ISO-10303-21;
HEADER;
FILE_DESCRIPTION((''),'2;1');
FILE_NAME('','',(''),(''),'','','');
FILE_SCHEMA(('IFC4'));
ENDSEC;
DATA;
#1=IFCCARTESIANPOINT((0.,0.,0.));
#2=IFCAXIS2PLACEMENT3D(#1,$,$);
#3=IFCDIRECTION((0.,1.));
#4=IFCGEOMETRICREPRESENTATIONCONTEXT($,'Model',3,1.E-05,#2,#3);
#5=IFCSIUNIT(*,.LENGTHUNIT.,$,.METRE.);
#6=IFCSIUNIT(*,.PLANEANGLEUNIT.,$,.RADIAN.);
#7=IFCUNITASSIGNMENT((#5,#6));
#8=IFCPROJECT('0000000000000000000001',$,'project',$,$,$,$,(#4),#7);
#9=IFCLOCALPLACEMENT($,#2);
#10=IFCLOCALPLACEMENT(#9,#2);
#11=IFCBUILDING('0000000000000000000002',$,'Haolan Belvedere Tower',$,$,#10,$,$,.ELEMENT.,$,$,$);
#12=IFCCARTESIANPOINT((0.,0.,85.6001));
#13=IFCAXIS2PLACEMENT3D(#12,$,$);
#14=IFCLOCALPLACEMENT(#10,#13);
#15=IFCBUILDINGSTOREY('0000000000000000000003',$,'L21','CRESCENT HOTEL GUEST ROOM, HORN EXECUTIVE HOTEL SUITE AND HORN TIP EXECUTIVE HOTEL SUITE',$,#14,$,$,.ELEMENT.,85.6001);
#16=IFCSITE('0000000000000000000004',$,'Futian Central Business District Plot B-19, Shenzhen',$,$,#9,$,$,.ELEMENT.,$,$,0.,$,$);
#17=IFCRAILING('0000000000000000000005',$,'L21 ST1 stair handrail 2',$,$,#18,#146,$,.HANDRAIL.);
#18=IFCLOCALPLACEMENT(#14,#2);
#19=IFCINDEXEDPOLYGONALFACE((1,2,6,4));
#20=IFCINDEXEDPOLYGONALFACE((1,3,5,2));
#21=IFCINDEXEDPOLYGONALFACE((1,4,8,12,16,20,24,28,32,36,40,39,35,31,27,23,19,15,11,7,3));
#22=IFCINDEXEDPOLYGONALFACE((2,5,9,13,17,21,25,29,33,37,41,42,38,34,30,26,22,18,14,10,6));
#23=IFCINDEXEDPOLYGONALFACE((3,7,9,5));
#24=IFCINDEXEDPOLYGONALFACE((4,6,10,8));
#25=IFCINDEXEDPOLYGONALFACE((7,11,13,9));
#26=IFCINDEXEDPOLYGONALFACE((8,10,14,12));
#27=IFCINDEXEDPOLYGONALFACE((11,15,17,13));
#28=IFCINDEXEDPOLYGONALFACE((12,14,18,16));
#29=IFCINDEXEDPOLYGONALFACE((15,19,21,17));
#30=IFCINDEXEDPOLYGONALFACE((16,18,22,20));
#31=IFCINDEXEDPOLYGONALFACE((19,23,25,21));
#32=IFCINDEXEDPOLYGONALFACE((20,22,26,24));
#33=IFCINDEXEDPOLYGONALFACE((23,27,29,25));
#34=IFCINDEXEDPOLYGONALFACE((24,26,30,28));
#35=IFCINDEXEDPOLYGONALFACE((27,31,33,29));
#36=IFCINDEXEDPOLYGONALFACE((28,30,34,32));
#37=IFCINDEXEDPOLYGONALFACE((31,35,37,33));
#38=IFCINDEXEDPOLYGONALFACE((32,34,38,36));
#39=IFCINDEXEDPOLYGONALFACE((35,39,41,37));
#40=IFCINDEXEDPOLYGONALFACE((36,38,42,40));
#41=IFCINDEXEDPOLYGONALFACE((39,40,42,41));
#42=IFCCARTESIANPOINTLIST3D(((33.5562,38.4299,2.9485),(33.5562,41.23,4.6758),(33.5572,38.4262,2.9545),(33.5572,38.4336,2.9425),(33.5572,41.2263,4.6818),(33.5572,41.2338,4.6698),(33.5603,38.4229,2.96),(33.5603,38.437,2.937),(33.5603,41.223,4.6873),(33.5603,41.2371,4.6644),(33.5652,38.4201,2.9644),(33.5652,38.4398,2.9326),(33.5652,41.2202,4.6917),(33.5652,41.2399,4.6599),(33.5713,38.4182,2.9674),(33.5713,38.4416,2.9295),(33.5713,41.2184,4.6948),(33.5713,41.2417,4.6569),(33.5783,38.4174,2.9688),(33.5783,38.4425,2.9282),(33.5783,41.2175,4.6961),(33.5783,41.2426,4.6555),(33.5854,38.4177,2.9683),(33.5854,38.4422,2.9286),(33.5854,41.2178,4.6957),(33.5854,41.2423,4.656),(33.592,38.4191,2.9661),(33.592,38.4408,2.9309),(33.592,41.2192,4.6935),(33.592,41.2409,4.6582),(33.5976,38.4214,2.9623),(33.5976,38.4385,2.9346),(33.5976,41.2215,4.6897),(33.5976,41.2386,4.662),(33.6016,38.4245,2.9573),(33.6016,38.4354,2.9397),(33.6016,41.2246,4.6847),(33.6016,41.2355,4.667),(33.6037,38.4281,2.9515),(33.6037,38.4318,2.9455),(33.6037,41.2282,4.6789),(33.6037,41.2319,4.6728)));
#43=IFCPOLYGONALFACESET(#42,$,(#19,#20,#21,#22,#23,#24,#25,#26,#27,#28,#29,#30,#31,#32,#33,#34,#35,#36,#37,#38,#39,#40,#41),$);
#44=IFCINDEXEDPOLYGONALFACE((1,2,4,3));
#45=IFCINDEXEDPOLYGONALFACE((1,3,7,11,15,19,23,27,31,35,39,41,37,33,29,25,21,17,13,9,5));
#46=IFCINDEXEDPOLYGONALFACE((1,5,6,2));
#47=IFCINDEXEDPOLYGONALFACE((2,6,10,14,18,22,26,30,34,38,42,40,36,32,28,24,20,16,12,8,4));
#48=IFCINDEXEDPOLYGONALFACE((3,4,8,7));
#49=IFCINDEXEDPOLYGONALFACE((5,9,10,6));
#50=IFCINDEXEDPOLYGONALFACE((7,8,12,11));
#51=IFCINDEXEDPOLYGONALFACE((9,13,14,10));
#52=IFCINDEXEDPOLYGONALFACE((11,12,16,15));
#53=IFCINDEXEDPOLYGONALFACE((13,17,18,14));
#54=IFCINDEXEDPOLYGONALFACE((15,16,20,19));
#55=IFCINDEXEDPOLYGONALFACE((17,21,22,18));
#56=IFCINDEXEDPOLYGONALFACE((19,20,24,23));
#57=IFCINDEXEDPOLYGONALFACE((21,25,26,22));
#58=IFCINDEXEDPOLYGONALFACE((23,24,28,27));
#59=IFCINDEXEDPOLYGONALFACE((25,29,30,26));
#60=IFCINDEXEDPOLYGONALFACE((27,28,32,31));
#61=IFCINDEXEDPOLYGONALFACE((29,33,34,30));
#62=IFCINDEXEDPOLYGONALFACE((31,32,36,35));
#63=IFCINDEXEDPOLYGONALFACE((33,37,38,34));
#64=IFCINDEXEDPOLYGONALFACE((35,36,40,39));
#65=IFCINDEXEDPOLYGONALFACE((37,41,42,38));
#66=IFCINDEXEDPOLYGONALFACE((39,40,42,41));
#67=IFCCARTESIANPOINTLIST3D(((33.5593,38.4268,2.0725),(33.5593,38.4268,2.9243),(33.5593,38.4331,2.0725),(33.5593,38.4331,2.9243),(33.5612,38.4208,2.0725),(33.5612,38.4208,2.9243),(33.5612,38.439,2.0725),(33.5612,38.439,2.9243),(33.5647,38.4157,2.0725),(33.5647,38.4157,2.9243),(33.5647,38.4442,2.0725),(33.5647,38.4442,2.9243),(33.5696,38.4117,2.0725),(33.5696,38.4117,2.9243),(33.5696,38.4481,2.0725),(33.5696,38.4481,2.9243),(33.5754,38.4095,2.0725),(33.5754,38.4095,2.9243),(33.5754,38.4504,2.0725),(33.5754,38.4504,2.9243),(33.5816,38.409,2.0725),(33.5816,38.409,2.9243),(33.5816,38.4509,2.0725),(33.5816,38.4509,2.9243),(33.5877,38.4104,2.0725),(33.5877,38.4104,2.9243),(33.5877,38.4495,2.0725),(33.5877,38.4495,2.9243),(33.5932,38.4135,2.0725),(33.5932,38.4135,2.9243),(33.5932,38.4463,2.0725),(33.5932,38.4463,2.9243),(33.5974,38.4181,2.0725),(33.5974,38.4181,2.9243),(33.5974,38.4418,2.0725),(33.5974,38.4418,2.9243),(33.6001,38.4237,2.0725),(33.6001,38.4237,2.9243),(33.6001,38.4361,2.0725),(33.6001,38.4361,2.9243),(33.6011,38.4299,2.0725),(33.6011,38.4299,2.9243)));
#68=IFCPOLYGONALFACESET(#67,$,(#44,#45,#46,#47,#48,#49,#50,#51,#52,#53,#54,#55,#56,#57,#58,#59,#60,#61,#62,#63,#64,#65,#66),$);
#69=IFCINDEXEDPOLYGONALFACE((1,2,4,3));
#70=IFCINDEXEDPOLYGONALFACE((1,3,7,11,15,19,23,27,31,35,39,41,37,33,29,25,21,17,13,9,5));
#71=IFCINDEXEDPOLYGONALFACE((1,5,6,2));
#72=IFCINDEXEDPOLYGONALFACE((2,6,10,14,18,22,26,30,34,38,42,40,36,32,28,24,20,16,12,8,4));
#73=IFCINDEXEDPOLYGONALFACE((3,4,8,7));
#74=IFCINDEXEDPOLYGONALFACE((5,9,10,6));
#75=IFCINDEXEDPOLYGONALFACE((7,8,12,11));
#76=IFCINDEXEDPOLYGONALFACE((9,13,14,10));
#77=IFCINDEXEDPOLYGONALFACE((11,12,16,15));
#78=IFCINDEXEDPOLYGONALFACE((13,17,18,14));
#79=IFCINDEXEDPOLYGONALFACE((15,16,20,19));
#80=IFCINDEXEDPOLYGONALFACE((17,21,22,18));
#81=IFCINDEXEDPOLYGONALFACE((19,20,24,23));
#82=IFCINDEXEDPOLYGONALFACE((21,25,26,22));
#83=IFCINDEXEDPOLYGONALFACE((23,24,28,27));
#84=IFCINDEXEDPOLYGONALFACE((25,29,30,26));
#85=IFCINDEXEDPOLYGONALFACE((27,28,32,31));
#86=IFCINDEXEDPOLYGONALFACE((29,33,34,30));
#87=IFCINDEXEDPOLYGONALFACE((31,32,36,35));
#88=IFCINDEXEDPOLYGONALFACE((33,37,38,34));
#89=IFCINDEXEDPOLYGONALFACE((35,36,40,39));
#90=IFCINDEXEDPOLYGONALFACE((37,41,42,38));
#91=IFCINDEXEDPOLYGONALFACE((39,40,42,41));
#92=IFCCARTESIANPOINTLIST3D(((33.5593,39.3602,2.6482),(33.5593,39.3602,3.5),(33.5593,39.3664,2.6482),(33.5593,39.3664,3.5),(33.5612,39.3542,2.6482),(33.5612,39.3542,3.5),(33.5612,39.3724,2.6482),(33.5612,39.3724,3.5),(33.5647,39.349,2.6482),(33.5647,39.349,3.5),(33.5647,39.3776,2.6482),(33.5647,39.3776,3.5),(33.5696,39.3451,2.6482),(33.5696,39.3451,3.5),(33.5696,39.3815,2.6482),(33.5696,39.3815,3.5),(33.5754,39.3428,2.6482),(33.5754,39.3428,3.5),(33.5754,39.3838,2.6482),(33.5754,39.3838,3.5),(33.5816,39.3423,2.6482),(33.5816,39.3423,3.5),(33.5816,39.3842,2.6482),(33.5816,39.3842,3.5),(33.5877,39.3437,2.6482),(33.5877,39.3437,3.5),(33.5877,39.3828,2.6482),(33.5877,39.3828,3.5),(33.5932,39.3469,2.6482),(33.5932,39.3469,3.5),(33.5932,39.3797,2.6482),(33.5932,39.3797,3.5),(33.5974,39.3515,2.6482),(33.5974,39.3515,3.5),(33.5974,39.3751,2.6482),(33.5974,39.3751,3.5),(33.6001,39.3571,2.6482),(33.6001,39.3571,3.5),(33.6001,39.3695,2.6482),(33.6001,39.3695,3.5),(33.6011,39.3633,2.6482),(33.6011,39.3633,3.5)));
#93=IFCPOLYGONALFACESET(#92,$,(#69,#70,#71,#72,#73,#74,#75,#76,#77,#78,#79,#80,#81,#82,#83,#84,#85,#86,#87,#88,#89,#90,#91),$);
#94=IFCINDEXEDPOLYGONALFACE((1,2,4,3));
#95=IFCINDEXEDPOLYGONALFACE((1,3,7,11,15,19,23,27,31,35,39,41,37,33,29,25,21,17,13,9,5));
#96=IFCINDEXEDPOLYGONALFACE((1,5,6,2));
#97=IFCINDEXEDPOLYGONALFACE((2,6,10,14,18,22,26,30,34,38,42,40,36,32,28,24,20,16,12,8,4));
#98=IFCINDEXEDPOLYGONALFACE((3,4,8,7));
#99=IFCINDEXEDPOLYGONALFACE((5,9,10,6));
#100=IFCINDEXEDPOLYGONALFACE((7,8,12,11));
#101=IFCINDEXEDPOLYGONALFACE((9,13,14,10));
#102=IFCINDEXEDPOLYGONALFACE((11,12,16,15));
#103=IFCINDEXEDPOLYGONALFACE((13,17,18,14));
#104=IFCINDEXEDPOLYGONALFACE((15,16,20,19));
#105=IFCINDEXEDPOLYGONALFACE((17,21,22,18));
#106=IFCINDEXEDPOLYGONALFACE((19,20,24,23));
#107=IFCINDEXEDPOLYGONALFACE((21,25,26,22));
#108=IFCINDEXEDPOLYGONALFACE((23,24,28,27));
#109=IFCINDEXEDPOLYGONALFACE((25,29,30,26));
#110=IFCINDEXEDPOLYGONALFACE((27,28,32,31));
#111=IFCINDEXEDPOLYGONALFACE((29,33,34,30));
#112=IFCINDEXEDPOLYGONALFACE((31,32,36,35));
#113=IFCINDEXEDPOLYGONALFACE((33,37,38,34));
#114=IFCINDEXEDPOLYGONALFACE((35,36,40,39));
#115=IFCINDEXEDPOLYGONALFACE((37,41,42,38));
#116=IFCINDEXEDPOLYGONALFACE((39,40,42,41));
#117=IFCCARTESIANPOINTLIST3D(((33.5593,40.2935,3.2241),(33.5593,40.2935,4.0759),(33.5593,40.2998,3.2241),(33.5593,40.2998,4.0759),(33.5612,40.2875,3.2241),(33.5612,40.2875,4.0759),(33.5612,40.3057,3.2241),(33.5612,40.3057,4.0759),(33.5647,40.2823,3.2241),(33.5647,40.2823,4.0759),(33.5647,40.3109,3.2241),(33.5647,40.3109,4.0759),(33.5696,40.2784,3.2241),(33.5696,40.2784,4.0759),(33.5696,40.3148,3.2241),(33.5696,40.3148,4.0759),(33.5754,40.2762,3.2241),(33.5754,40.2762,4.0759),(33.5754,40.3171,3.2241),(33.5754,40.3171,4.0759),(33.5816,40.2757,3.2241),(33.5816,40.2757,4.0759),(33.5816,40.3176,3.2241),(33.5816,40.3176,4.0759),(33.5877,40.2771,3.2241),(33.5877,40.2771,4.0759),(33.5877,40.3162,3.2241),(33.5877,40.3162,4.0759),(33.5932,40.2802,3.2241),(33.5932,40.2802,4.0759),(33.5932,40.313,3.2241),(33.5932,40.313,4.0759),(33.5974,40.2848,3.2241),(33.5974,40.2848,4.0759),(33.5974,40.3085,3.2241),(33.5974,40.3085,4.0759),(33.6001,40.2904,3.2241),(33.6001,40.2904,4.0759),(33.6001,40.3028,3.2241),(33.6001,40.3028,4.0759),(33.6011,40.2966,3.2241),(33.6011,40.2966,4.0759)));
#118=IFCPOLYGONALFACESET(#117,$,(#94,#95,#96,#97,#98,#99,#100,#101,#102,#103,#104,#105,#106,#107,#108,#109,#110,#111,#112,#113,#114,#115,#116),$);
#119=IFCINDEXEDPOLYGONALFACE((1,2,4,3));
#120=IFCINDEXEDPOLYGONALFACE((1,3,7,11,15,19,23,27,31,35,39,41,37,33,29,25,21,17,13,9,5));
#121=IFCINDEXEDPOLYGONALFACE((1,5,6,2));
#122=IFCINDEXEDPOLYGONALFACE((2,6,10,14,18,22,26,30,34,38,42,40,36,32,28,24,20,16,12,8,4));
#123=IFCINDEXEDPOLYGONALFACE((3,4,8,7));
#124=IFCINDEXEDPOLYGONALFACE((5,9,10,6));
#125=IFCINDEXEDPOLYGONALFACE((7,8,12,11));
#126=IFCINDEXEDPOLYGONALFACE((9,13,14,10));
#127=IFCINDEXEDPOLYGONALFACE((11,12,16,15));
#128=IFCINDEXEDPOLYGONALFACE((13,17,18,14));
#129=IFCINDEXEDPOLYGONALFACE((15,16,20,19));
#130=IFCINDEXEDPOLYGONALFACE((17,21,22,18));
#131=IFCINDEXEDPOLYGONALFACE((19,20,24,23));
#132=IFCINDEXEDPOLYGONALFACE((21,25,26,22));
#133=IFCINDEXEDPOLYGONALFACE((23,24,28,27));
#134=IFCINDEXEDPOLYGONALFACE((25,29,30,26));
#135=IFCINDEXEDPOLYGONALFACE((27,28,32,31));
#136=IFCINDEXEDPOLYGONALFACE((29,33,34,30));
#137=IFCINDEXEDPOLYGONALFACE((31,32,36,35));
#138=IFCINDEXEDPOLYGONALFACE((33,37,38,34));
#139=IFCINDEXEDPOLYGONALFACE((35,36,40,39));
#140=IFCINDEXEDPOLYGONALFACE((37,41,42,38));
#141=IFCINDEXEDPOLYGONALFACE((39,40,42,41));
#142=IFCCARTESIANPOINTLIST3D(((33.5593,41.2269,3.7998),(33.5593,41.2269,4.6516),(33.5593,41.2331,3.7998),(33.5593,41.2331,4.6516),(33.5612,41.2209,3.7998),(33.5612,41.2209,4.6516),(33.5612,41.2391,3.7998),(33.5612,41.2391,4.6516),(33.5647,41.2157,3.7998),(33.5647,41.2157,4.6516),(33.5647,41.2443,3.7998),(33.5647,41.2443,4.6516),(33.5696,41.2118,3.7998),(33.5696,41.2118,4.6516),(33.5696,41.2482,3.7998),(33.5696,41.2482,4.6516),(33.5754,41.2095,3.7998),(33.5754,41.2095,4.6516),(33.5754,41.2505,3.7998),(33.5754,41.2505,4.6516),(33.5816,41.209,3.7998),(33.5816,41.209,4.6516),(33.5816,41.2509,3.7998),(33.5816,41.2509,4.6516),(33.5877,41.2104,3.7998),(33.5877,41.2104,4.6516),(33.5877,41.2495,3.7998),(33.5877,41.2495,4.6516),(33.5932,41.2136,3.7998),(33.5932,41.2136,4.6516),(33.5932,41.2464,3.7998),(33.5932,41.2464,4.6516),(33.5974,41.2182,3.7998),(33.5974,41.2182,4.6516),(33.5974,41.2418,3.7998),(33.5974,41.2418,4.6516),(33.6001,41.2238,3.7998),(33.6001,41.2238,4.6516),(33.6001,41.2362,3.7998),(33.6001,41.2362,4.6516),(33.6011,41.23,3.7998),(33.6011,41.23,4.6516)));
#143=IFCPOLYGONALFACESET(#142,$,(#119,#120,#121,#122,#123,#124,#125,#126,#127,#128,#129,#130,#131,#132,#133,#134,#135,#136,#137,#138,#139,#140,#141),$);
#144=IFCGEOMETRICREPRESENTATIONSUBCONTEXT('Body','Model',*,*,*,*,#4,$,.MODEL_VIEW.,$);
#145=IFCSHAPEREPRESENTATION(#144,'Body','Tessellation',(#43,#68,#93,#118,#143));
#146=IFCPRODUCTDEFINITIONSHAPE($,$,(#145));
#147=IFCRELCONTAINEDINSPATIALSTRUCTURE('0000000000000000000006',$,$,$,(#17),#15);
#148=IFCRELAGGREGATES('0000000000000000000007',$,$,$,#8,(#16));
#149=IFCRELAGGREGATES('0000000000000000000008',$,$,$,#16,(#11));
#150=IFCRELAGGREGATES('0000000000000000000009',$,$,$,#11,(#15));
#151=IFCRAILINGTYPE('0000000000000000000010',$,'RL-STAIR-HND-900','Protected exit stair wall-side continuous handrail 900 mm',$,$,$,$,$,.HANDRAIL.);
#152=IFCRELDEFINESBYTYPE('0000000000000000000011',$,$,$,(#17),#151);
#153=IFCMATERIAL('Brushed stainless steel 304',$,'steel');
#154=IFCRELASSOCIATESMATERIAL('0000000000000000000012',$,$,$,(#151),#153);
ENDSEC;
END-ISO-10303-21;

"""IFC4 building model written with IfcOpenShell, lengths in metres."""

from ifc_helpers import new_model, si_unit, direction, frame, origin, origin_2d, place, context, subcontext, project, spatial, circle, extrude, material, type_object, element, save


model = new_model("IFC4")

# Units and contexts
model_context = context("Model", 3, precision=1e-05, world=origin(), true_north=direction((0.0, 1.0)))
body_context = subcontext(model_context, "Body", "Model", "MODEL_VIEW")
ifc_project = project(units=[si_unit("LENGTHUNIT", "METRE"), si_unit("PLANEANGLEUNIT", "RADIAN")], contexts=[model_context])

# Site, building, storey
site_placement = place(None, origin())
site = spatial("IfcSite", under=ifc_project, at=site_placement, Name="Futian Central Business District Plot B-19, Shenzhen", CompositionType="ELEMENT", RefElevation=0.0)
building_placement = place(site_placement, origin())
building = spatial("IfcBuilding", under=site, at=building_placement, Name="Haolan Belvedere Tower", CompositionType="ELEMENT")
storey_placement = place(building_placement, frame((0.0, 0.0, 85.6001)))
storey = spatial("IfcBuildingStorey", under=building, at=storey_placement, Name="L21", Description="CRESCENT HOTEL GUEST ROOM, HORN EXECUTIVE HOTEL SUITE AND HORN TIP EXECUTIVE HOTEL SUITE", CompositionType="ELEMENT", Elevation=85.6001)

# Railing
ifc_material_1 = material(Name="Brushed stainless steel 304", Category="steel")
railing_type_1 = type_object("IfcRailingType", Name="RL-STAIR-HND-900", Description="Protected exit stair wall-side continuous handrail 900 mm", PredefinedType="HANDRAIL", material=ifc_material_1)
railing_1_placement = place(storey_placement, frame((33.5801, 38.4299, 2.0725)))
element("IfcRailing", 1, at=railing_1_placement, inside=storey, type_object=railing_type_1, Name="L21 ST1 stair handrail 2", PredefinedType="HANDRAIL", context=body_context, shape_type="SweptSolid", body=[
    extrude(circle(Radius=0.0239, at=origin_2d()), frame((0.0, 0.0, 0.876), z_axis=(0.0, 0.85109, 0.52502), x_axis=(-1.0, 0.0, 0.0)), (0.0, 0.0, 1.0), 3.29),
    extrude(circle(Radius=0.021, at=origin_2d()), origin(), (0.0, 0.0, 1.0), 0.8518),
    extrude(circle(Radius=0.021, at=origin_2d()), frame((0.0, 0.9333, 0.5757)), (0.0, 0.0, 1.0), 0.8518),
    extrude(circle(Radius=0.021, at=origin_2d()), frame((0.0, 1.8667, 1.1516)), (0.0, 0.0, 1.0), 0.8518),
    extrude(circle(Radius=0.021, at=origin_2d()), frame((0.0, 2.8, 1.7273)), (0.0, 0.0, 1.0), 0.8518),
])

save(model, "model.ifc")
